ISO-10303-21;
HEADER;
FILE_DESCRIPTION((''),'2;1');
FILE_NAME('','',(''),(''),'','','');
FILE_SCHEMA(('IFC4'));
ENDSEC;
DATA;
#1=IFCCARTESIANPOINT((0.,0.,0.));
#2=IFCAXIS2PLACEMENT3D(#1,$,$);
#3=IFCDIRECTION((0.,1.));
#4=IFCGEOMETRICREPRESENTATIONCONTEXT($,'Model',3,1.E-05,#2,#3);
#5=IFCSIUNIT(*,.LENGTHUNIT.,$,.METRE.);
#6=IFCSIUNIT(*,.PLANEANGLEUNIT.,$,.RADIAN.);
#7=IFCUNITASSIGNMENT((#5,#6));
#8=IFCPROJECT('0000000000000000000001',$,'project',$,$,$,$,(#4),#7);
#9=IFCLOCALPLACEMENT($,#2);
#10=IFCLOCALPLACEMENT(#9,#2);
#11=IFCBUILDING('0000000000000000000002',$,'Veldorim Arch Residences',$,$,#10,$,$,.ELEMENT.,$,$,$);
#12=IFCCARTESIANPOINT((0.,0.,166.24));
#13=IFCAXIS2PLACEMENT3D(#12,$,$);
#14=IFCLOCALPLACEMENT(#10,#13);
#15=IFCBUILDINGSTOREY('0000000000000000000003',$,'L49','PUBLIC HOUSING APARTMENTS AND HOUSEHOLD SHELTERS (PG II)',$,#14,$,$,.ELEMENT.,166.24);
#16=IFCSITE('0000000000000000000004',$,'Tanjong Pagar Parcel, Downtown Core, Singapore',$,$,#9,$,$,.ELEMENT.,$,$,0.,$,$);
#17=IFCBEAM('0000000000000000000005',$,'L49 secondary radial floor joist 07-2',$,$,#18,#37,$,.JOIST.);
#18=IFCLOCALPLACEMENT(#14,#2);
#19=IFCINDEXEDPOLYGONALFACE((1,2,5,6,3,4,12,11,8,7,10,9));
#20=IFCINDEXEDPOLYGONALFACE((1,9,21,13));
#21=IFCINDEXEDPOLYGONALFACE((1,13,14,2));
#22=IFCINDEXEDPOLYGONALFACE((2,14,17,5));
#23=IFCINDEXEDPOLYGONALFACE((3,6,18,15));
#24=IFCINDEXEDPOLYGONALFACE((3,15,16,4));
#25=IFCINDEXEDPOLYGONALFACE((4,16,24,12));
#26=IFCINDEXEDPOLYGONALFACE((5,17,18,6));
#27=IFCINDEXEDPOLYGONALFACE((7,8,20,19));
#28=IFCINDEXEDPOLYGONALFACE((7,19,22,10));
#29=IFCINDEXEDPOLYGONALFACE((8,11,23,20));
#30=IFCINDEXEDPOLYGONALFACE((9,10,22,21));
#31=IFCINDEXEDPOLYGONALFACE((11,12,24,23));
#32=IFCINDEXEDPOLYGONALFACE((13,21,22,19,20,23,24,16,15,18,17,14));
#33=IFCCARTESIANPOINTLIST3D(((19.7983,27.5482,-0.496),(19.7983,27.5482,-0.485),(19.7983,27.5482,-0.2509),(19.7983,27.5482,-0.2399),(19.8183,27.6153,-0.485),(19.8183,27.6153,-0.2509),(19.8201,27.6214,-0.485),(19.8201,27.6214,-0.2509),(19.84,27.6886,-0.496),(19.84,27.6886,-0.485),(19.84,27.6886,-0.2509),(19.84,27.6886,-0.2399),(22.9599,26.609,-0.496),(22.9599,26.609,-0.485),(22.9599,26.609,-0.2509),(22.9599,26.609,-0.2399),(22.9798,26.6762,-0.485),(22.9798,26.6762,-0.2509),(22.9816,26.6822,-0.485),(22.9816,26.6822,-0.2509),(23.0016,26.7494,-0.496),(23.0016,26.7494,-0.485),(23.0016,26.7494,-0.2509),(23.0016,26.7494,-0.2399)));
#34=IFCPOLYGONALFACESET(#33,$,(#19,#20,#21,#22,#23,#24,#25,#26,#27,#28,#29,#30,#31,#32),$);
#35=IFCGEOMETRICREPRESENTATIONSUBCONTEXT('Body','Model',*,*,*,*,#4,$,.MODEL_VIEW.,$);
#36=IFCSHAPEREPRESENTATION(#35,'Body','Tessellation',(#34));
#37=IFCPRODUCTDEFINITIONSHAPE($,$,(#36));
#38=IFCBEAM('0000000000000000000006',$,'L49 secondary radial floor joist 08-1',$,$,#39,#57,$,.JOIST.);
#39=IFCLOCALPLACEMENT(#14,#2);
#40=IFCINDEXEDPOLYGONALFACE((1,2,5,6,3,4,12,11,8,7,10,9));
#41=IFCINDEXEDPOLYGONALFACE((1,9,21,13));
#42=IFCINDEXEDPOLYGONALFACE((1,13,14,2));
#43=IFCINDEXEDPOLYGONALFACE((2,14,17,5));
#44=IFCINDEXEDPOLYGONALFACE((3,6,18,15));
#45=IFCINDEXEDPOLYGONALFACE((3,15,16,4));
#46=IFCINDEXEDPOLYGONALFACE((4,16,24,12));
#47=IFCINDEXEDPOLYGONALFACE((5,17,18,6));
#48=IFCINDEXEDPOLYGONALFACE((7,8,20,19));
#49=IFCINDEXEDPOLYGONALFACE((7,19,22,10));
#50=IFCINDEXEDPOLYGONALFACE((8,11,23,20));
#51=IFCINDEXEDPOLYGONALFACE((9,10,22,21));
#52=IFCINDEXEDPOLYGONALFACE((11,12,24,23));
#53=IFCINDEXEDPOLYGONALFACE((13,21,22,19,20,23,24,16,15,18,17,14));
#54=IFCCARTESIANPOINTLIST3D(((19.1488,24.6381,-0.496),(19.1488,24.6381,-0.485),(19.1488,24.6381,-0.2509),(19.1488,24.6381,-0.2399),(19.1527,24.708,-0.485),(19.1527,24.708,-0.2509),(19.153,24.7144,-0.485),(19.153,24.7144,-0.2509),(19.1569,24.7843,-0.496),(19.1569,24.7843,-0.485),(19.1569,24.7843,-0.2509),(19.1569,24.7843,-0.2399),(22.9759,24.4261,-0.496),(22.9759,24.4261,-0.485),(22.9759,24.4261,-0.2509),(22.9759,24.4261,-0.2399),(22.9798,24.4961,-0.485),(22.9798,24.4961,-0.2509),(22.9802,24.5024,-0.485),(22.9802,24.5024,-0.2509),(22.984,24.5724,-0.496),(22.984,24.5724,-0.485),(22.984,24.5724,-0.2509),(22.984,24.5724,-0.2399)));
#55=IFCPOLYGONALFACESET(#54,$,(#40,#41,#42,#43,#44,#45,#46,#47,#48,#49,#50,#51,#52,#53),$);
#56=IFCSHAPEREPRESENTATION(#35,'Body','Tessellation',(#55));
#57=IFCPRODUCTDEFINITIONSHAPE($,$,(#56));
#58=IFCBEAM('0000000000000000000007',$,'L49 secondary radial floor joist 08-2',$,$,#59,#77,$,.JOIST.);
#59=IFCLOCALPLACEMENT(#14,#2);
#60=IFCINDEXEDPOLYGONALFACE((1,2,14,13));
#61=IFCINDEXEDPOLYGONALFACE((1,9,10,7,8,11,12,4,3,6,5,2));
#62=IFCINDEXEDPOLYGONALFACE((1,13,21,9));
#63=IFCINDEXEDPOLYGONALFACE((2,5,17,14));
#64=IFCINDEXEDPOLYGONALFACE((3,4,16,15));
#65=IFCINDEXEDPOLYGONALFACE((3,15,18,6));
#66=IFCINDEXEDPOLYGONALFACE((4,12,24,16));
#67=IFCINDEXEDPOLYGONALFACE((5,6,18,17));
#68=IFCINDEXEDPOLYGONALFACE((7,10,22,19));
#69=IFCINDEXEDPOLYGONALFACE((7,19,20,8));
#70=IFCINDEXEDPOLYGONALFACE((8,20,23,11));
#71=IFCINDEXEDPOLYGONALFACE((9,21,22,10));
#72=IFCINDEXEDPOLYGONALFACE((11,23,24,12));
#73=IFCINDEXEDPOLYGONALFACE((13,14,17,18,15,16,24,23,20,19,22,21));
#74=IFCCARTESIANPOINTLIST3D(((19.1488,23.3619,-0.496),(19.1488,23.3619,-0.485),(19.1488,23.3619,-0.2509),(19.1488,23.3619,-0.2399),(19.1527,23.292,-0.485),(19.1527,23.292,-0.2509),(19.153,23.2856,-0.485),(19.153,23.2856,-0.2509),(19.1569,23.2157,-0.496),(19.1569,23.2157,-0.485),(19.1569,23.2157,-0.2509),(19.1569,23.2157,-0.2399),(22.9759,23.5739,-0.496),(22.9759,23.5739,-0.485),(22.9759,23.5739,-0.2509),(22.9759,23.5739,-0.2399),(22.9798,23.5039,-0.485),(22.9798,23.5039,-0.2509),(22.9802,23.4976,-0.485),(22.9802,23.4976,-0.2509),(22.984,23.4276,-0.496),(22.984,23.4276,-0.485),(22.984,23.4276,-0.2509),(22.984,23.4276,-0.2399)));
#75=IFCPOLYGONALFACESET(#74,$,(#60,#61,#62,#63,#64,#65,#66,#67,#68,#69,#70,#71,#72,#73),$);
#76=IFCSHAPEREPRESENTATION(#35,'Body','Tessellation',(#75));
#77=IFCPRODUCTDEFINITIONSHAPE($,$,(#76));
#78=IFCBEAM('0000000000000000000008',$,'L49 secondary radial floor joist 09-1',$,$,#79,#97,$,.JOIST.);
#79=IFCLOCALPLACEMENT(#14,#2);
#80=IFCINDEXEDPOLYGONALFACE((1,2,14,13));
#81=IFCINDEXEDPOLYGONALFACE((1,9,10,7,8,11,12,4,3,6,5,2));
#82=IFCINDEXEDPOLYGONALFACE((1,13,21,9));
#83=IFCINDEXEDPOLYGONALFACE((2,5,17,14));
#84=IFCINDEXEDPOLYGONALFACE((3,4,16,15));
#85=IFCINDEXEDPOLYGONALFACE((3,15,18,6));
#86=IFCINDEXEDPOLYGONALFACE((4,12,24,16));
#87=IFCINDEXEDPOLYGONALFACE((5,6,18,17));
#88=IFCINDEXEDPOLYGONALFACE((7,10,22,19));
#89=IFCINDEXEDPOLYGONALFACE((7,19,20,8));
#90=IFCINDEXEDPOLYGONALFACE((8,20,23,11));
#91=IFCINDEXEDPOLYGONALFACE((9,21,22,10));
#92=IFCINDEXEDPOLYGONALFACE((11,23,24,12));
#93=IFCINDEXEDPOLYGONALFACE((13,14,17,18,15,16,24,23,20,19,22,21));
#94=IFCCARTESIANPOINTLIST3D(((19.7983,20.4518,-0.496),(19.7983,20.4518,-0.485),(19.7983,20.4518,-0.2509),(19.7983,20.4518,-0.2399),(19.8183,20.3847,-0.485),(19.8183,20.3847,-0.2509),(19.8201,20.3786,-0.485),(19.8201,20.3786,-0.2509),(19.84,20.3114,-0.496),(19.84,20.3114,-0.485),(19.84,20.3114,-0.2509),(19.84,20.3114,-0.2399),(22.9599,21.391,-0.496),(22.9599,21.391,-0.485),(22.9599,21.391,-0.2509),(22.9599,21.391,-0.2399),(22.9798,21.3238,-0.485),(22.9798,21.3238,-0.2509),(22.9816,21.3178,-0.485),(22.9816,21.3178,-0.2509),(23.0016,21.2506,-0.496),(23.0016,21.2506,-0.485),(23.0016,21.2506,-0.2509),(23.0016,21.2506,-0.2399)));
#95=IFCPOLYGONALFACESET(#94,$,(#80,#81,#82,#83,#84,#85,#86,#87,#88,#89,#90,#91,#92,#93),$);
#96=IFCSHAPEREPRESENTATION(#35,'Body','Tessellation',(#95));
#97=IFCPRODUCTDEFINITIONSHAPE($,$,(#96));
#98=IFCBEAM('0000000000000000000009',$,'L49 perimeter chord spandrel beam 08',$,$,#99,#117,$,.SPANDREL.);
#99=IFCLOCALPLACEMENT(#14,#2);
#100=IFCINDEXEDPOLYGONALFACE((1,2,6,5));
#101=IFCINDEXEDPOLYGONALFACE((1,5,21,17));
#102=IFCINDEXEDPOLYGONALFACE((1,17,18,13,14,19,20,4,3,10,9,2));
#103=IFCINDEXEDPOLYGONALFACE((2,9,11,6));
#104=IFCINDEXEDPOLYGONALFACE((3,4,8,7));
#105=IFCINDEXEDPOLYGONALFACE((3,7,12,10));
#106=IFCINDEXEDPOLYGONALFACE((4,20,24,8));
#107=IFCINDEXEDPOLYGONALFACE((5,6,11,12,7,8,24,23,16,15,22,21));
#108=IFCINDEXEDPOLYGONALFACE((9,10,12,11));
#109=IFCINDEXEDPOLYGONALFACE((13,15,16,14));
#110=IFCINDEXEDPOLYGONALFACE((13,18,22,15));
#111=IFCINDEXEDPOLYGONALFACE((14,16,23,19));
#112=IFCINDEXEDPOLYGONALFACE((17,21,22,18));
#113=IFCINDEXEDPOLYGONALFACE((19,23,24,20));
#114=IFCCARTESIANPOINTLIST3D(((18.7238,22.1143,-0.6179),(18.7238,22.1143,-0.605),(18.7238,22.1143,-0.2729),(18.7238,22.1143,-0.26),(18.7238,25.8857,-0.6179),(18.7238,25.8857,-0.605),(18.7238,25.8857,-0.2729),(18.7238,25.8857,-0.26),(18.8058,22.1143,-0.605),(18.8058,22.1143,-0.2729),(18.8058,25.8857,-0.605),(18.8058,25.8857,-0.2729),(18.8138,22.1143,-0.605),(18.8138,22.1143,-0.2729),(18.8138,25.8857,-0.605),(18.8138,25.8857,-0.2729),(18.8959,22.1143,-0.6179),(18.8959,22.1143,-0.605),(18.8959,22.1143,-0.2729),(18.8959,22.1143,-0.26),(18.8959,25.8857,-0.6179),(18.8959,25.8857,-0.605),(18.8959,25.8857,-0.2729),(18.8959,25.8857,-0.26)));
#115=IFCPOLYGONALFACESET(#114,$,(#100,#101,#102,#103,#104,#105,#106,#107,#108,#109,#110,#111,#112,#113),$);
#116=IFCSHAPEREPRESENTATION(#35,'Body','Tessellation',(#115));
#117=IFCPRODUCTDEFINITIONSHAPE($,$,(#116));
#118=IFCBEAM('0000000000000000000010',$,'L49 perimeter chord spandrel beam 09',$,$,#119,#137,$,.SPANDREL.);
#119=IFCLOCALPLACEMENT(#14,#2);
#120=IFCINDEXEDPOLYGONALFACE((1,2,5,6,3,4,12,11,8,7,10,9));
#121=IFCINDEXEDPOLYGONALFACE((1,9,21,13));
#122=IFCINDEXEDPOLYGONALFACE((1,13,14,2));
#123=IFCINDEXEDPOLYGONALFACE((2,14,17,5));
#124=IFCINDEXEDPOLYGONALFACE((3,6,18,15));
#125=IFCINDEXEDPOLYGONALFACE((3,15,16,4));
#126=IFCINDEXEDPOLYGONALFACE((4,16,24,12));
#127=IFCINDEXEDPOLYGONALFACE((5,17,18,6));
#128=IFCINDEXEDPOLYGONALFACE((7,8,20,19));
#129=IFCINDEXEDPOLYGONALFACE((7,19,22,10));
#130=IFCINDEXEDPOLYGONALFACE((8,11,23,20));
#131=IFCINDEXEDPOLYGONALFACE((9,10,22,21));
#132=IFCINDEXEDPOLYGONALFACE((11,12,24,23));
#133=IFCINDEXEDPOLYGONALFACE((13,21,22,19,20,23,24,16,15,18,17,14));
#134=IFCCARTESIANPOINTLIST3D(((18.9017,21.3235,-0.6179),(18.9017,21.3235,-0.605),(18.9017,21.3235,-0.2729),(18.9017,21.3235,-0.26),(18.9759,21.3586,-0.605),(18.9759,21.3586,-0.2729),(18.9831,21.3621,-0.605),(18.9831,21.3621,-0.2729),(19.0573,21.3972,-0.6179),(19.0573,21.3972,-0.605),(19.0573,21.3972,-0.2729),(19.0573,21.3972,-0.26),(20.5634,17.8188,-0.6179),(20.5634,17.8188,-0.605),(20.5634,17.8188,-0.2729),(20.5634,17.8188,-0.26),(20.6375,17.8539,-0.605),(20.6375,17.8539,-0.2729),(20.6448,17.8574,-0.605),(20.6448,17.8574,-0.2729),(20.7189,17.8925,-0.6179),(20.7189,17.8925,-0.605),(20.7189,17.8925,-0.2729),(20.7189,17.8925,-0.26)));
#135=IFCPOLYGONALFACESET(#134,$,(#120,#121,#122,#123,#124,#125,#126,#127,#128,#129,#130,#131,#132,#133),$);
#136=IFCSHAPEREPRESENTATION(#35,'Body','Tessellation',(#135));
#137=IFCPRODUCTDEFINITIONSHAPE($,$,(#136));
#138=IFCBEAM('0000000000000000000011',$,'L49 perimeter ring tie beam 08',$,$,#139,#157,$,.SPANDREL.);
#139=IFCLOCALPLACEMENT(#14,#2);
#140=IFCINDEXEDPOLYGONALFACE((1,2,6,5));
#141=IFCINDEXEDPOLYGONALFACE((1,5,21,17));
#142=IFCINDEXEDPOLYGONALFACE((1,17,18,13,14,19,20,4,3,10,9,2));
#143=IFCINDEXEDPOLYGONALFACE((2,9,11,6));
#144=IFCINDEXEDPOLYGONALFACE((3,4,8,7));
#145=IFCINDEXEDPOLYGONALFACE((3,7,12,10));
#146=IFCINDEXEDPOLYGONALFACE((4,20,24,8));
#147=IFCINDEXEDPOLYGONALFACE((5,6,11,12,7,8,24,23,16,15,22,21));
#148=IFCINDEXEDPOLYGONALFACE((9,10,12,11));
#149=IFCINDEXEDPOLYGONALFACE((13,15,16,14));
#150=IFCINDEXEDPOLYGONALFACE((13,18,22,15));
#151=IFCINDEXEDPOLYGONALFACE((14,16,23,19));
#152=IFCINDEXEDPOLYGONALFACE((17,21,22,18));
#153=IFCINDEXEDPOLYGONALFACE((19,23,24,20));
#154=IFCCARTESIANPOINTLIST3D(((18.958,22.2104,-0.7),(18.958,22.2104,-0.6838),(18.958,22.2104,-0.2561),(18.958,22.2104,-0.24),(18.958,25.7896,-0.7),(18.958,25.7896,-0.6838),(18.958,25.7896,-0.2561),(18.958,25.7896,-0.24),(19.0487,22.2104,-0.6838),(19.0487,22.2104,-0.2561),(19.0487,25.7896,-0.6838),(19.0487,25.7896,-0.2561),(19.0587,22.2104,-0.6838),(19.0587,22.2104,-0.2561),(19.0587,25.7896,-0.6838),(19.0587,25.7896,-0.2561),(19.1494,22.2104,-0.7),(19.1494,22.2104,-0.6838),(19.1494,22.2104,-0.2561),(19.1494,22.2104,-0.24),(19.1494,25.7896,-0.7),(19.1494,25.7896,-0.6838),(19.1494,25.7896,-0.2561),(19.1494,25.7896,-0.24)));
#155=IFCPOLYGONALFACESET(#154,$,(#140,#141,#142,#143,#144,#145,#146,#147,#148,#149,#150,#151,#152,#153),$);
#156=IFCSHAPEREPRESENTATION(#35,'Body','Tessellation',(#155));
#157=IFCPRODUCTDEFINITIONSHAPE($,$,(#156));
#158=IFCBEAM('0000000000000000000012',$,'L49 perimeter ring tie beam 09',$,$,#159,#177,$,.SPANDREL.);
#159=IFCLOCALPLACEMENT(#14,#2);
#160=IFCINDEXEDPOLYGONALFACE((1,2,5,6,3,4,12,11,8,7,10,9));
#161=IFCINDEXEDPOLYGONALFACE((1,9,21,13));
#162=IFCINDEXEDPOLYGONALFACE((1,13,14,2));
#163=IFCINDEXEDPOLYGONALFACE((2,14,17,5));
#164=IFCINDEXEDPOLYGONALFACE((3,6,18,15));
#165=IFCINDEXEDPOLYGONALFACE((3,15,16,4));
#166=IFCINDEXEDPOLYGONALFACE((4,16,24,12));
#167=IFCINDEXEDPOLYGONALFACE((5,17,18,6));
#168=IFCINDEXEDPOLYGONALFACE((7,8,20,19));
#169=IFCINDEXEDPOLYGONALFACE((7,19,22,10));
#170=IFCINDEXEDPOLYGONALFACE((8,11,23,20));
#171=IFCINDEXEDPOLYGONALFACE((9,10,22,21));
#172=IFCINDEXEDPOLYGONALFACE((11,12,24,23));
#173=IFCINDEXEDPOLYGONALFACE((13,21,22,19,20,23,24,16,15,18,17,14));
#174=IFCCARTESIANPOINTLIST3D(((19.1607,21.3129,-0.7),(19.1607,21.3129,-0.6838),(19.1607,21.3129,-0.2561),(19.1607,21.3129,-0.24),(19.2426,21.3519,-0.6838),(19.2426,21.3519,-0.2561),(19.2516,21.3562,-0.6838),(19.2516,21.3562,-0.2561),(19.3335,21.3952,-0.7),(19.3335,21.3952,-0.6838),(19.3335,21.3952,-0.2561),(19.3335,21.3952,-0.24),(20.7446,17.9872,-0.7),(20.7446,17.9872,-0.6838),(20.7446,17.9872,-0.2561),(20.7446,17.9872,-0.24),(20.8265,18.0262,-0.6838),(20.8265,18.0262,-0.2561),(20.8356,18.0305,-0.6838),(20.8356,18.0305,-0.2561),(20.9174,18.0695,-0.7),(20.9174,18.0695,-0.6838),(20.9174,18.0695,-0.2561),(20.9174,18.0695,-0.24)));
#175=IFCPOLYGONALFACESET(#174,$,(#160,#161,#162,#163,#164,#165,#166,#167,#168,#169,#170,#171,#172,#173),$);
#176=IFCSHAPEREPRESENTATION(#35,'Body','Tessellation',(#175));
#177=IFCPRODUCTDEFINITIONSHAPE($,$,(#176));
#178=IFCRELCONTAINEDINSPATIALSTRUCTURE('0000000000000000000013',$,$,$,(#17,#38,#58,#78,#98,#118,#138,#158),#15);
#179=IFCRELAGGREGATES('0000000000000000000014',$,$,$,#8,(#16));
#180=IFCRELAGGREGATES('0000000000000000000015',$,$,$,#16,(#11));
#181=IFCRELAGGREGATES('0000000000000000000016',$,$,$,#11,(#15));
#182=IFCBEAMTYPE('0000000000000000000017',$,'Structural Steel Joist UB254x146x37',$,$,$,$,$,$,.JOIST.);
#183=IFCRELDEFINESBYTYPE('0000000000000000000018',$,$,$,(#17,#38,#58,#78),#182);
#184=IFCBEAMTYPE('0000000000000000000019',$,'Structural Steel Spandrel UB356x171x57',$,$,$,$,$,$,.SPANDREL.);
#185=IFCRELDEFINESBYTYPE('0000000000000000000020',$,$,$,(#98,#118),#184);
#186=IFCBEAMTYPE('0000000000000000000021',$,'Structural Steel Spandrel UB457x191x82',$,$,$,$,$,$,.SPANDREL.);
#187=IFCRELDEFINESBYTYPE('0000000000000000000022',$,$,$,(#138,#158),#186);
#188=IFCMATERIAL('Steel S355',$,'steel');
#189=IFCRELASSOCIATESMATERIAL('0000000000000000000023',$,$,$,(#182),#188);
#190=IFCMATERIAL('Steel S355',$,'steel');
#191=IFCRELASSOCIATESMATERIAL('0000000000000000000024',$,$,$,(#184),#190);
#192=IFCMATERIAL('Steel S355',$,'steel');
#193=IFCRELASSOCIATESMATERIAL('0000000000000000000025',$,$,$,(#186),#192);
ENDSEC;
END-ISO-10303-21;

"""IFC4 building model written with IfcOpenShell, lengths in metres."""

from ifc_helpers import new_model, si_unit, direction, frame, origin, origin_2d, place, context, subcontext, project, spatial, i_section, extrude, material, material_profile, profile_set, type_object, element, save


model = new_model("IFC4")

# Units and contexts
model_context = context("Model", 3, precision=1e-05, world=origin(), true_north=direction((0.0, 1.0)))
body_context = subcontext(model_context, "Body", "Model", "MODEL_VIEW")
ifc_project = project(units=[si_unit("LENGTHUNIT", "METRE"), si_unit("PLANEANGLEUNIT", "RADIAN")], contexts=[model_context])

# Site, building, storey
site_placement = place(None, origin())
site = spatial("IfcSite", under=ifc_project, at=site_placement, Name="Tanjong Pagar Parcel, Downtown Core, Singapore", CompositionType="ELEMENT", RefElevation=0.0)
building_placement = place(site_placement, origin())
building = spatial("IfcBuilding", under=site, at=building_placement, Name="Veldorim Arch Residences", CompositionType="ELEMENT")
storey_placement = place(building_placement, frame((0.0, 0.0, 166.24)))
storey = spatial("IfcBuildingStorey", under=building, at=storey_placement, Name="L49", Description="PUBLIC HOUSING APARTMENTS AND HOUSEHOLD SHELTERS (PG II)", CompositionType="ELEMENT", Elevation=166.24)

# Beams
ifc_material_1 = material(Name="Steel S355", Category="steel")
ifc_material_profile_1 = material_profile(ifc_material_1, i_section(OverallWidth=0.1465, OverallDepth=0.2561, WebThickness=0.0063, FlangeThickness=0.011, at=origin_2d()), Name="UB254x146x37")
ifc_profile_set_1 = profile_set([ifc_material_profile_1], Name="Steel S355")
beam_type_1 = type_object("IfcBeamType", Name="Structural Steel Joist UB254x146x37", PredefinedType="JOIST", material=ifc_profile_set_1)
beam_1_placement = place(storey_placement, frame((22.9807, 26.6792, -0.3679), z_axis=(-0.958597, 0.284766, 0.0), x_axis=(-0.284766, -0.958597, 0.0)))
element("IfcBeam", 1, at=beam_1_placement, inside=storey, type_object=beam_type_1, Name="L49 secondary radial floor joist 07-2", PredefinedType="JOIST", context=body_context, shape_type="SweptSolid", body=[
    extrude(i_section(OverallWidth=0.1465, OverallDepth=0.2561, WebThickness=0.0063, FlangeThickness=0.011, at=origin_2d()), origin(), (0.0, 0.0, 1.0), 3.2981),
])
for number, where, z_axis, x_axis, name in (
    (2, (22.98, 24.4993, -0.3679), (-0.998471, 0.055287, 0.0), (-0.055287, -0.998471, 0.0), "L49 secondary radial floor joist 08-1"),
    (3, (22.98, 23.5007, -0.3679), (-0.998471, -0.055287, 0.0), (0.055287, -0.998471, 0.0), "L49 secondary radial floor joist 08-2"),
):
    element("IfcBeam", number, at=place(storey_placement, frame(where, z_axis=z_axis, x_axis=x_axis)), inside=storey, type_object=beam_type_1, Name=name, PredefinedType="JOIST", context=body_context, shape_type="SweptSolid", body=[
        extrude(i_section(OverallWidth=0.1465, OverallDepth=0.2561, WebThickness=0.0063, FlangeThickness=0.011, at=origin_2d()), origin(), (0.0, 0.0, 1.0), 3.833),
    ])
beam_2_placement = place(storey_placement, frame((22.9807, 21.3208, -0.3679), z_axis=(-0.958597, -0.284766, 0.0), x_axis=(0.284766, -0.958597, 0.0)))
element("IfcBeam", 4, at=beam_2_placement, inside=storey, type_object=beam_type_1, Name="L49 secondary radial floor joist 09-1", PredefinedType="JOIST", context=body_context, shape_type="SweptSolid", body=[
    extrude(i_section(OverallWidth=0.1465, OverallDepth=0.2561, WebThickness=0.0063, FlangeThickness=0.011, at=origin_2d()), origin(), (0.0, 0.0, 1.0), 3.2981),
])
ifc_material_2 = material(Name="Steel S355", Category="steel")
ifc_material_profile_2 = material_profile(ifc_material_2, i_section(OverallWidth=0.1721, OverallDepth=0.3579, WebThickness=0.0081, FlangeThickness=0.0129, at=origin_2d()), Name="UB356x171x57")
ifc_profile_set_2 = profile_set([ifc_material_profile_2], Name="Steel S355")
beam_type_2 = type_object("IfcBeamType", Name="Structural Steel Spandrel UB356x171x57", PredefinedType="SPANDREL", material=ifc_profile_set_2)
beam_3_placement = place(storey_placement, frame((18.8098, 25.8857, -0.439), z_axis=(0.0, -1.0, 0.0), x_axis=(1.0, 0.0, 0.0)))
element("IfcBeam", 5, at=beam_3_placement, inside=storey, type_object=beam_type_2, Name="L49 perimeter chord spandrel beam 08", PredefinedType="SPANDREL", context=body_context, shape_type="SweptSolid", body=[
    extrude(i_section(OverallWidth=0.1721, OverallDepth=0.3579, WebThickness=0.0081, FlangeThickness=0.0129, at=origin_2d()), origin(), (0.0, 0.0, 1.0), 3.7715),
])
beam_4_placement = place(storey_placement, frame((18.9795, 21.3604, -0.439), z_axis=(0.428408, -0.903585, 0.0), x_axis=(0.903585, 0.428408, 0.0)))
element("IfcBeam", 6, at=beam_4_placement, inside=storey, type_object=beam_type_2, Name="L49 perimeter chord spandrel beam 09", PredefinedType="SPANDREL", context=body_context, shape_type="SweptSolid", body=[
    extrude(i_section(OverallWidth=0.1721, OverallDepth=0.3579, WebThickness=0.0081, FlangeThickness=0.0129, at=origin_2d()), origin(), (0.0, 0.0, 1.0), 3.8787),
])
ifc_material_3 = material(Name="Steel S355", Category="steel")
ifc_material_profile_3 = material_profile(ifc_material_3, i_section(OverallWidth=0.1914, OverallDepth=0.46, WebThickness=0.01, FlangeThickness=0.0161, at=origin_2d()), Name="UB457x191x82")
ifc_profile_set_3 = profile_set([ifc_material_profile_3], Name="Steel S355")
beam_type_3 = type_object("IfcBeamType", Name="Structural Steel Spandrel UB457x191x82", PredefinedType="SPANDREL", material=ifc_profile_set_3)
beam_5_placement = place(storey_placement, frame((19.0537, 25.7896, -0.47), z_axis=(0.0, -1.0, 0.0), x_axis=(1.0, 0.0, 0.0)))
element("IfcBeam", 7, at=beam_5_placement, inside=storey, type_object=beam_type_3, Name="L49 perimeter ring tie beam 08", PredefinedType="SPANDREL", context=body_context, shape_type="SweptSolid", body=[
    extrude(i_section(OverallWidth=0.1914, OverallDepth=0.46, WebThickness=0.01, FlangeThickness=0.0161, at=origin_2d()), origin(), (0.0, 0.0, 1.0), 3.5791),
])
beam_6_placement = place(storey_placement, frame((19.2471, 21.354, -0.47), z_axis=(0.430006, -0.902826, 0.0), x_axis=(0.902826, 0.430006, 0.0)))
element("IfcBeam", 8, at=beam_6_placement, inside=storey, type_object=beam_type_3, Name="L49 perimeter ring tie beam 09", PredefinedType="SPANDREL", context=body_context, shape_type="SweptSolid", body=[
    extrude(i_section(OverallWidth=0.1914, OverallDepth=0.46, WebThickness=0.01, FlangeThickness=0.0161, at=origin_2d()), origin(), (0.0, 0.0, 1.0), 3.6836),
])

save(model, "model.ifc")
